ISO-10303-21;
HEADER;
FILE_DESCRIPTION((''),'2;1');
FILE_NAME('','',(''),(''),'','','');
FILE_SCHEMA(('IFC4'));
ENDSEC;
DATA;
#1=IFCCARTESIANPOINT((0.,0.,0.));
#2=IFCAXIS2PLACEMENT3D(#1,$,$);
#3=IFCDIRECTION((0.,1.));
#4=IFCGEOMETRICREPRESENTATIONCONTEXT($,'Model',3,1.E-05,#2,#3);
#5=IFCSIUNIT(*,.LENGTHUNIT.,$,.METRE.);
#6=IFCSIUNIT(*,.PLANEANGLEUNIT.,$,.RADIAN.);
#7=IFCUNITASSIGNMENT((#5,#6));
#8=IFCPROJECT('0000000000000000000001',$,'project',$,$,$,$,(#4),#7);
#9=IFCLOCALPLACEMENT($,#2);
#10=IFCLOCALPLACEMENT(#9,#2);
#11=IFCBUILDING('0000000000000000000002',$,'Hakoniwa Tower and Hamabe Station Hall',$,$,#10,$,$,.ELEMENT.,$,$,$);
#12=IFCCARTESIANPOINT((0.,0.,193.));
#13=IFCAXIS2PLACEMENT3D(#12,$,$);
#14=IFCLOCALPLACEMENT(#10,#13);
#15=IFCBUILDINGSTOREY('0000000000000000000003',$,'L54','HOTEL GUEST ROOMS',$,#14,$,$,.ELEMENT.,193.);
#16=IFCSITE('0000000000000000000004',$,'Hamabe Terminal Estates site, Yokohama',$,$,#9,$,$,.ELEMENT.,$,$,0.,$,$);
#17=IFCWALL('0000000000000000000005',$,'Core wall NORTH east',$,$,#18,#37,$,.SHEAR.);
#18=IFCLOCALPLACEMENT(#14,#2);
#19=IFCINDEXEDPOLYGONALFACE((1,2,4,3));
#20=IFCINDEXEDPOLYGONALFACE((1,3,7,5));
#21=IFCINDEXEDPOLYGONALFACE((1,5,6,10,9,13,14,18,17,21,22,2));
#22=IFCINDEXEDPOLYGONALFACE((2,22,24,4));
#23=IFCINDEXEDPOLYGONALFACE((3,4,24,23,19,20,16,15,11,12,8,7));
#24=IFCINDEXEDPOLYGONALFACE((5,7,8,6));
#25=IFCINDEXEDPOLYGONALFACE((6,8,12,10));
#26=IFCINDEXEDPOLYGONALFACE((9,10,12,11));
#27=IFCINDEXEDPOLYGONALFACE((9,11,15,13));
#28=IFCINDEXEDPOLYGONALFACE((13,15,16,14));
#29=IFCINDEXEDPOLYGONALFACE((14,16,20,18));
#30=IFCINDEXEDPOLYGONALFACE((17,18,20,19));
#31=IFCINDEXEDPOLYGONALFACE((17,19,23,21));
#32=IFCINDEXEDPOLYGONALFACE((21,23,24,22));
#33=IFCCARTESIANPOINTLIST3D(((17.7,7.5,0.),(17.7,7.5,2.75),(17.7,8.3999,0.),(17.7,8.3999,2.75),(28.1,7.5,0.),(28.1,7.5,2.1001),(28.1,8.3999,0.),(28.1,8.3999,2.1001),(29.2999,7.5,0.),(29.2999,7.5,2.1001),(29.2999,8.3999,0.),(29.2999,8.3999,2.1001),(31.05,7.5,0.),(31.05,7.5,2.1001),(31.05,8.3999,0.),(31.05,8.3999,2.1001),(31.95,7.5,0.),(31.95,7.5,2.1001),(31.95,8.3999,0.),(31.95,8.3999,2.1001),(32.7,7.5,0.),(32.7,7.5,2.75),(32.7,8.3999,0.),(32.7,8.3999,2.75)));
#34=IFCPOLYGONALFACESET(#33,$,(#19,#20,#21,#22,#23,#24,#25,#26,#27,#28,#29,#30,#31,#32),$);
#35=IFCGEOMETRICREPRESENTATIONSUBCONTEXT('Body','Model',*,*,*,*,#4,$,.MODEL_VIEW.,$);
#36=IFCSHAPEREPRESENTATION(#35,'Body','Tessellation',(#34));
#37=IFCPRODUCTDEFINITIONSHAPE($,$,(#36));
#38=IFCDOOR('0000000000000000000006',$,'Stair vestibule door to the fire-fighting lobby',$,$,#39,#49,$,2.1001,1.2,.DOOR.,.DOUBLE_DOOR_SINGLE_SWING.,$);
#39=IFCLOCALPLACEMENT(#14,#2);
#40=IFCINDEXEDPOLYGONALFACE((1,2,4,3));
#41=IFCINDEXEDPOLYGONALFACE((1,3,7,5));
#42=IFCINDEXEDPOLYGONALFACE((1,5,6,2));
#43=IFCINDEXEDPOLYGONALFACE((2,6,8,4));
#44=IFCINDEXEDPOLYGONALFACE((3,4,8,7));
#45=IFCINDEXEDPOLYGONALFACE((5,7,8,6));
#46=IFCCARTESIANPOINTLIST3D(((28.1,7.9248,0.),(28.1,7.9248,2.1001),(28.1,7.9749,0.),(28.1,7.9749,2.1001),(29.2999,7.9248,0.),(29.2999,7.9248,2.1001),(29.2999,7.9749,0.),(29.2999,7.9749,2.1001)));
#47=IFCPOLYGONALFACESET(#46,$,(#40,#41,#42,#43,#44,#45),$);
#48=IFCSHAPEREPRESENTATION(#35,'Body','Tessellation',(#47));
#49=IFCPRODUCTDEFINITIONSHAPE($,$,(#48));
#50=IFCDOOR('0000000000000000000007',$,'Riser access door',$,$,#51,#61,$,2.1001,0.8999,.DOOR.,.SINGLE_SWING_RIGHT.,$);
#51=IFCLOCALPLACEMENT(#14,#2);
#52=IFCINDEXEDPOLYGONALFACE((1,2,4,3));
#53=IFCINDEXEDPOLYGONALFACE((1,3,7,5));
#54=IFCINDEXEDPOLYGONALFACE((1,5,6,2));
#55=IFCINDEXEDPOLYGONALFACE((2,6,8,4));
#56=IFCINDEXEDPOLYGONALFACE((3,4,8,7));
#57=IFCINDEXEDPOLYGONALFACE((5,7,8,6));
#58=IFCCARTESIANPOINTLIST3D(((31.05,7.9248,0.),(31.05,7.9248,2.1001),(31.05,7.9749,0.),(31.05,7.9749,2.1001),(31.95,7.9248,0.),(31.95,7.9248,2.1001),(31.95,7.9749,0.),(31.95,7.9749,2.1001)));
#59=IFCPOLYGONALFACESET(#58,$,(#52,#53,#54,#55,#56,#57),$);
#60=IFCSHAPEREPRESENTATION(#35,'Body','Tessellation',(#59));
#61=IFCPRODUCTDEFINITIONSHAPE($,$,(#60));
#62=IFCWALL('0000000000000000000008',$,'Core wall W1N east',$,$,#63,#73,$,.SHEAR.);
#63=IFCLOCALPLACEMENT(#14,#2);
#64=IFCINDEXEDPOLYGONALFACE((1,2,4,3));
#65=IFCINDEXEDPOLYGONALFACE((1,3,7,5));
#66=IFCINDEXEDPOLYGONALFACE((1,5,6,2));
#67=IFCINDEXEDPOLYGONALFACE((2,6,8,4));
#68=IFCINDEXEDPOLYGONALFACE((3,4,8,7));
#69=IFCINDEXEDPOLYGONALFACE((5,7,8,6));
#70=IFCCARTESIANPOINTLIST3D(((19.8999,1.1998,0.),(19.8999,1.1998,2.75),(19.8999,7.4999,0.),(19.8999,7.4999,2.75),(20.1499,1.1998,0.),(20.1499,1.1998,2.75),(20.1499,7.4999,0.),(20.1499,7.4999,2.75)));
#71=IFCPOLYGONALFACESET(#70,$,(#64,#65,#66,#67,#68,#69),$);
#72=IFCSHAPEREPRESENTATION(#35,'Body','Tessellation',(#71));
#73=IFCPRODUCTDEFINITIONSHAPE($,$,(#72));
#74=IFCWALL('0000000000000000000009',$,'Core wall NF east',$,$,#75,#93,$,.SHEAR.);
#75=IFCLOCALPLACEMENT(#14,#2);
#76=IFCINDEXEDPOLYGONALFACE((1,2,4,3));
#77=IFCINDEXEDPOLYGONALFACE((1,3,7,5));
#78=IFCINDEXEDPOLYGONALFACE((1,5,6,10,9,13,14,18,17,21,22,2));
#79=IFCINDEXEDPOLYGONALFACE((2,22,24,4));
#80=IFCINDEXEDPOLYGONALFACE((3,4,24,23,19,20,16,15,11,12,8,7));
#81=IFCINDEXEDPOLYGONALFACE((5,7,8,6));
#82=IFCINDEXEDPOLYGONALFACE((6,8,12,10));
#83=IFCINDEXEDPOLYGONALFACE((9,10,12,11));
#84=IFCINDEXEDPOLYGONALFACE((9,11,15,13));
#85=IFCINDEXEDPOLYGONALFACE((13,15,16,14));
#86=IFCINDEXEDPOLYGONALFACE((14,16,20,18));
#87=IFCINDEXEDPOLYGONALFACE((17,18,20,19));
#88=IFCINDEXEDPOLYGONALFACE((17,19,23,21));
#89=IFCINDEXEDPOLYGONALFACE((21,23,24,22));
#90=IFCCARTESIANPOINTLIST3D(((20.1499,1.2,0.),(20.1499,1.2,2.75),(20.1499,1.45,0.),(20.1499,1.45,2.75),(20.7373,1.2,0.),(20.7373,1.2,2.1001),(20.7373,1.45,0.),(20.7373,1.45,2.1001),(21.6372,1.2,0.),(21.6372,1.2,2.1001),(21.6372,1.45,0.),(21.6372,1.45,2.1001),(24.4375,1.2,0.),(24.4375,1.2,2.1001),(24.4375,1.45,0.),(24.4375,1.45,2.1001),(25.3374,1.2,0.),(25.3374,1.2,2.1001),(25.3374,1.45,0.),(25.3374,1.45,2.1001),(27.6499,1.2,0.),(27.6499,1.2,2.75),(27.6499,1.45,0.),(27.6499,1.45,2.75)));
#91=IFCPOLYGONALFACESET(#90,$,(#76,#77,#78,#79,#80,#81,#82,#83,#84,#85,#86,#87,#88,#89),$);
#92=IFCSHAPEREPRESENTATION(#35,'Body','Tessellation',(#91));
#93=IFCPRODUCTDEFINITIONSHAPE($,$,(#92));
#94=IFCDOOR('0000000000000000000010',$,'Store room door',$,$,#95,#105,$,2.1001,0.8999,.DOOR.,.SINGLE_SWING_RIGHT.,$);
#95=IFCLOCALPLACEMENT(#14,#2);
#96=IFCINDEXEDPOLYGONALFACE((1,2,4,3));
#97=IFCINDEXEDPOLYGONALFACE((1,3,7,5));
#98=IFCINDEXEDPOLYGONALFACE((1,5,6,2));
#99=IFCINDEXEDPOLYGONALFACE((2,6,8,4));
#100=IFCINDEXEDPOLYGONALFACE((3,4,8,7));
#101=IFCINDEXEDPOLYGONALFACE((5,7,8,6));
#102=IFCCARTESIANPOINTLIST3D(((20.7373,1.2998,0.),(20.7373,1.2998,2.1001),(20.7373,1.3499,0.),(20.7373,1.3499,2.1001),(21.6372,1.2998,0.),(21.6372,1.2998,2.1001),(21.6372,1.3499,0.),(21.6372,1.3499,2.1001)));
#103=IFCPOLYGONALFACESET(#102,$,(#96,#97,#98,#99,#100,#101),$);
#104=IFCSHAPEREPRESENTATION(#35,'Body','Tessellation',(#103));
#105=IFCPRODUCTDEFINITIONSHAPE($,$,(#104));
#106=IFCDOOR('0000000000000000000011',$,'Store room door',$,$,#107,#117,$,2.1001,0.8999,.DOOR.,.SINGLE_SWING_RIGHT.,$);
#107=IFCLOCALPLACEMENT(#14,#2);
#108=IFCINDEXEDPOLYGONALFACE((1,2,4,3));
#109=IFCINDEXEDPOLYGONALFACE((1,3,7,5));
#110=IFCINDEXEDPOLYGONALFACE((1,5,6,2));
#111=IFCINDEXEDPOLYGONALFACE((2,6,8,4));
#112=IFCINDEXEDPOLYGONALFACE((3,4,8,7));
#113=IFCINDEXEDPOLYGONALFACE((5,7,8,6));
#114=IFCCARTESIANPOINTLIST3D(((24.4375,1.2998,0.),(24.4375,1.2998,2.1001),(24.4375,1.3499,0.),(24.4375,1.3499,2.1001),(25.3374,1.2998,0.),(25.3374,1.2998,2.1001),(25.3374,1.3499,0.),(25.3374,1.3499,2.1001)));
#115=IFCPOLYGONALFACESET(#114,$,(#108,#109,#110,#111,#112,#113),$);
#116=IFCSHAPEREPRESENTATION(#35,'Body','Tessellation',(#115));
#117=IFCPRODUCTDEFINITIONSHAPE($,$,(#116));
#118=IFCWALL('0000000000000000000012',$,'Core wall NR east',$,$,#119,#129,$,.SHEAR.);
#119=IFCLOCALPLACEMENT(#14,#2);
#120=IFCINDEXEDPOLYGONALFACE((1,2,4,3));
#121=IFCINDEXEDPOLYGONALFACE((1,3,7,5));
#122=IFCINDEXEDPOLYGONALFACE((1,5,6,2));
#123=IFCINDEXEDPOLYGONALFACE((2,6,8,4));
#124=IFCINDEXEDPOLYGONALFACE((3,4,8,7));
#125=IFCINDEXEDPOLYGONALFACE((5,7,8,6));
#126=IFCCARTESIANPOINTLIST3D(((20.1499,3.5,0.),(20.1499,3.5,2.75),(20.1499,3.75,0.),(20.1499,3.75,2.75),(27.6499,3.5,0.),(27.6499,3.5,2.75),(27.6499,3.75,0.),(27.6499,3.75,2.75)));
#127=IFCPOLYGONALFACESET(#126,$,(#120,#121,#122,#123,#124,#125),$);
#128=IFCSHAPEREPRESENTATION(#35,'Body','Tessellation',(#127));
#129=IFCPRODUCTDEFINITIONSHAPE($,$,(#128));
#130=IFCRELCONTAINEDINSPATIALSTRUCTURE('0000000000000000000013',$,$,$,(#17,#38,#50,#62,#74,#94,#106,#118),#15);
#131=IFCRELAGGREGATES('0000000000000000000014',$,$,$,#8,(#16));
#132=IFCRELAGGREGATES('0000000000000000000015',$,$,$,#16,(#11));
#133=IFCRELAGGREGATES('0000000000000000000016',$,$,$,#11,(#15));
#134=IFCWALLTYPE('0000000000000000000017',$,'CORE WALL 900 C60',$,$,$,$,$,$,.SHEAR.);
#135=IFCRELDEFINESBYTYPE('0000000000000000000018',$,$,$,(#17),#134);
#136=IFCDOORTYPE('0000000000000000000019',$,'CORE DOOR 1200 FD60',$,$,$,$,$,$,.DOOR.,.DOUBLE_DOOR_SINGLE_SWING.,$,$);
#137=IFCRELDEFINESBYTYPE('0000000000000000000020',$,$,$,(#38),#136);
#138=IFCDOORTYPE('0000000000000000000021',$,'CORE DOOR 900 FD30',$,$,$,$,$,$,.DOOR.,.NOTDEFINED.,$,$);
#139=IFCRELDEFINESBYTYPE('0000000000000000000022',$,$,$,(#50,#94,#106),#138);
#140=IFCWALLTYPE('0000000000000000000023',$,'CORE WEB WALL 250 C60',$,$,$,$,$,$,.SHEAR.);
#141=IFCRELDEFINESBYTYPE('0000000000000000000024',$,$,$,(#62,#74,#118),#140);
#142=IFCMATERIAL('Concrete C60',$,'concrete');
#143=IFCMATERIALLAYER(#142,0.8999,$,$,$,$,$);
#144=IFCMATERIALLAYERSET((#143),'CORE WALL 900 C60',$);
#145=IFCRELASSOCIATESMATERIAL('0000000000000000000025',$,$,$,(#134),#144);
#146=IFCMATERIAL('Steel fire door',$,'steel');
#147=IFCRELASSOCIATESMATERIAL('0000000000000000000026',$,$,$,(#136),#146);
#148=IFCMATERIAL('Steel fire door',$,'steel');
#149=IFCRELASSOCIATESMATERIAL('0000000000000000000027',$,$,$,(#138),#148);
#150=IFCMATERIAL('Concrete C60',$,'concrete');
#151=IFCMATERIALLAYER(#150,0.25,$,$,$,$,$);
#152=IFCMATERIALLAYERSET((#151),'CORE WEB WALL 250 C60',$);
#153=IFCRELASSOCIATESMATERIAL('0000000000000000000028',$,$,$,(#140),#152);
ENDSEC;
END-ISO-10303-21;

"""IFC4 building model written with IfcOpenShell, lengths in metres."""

from ifc_helpers import new_model, si_unit, direction, frame, frame_2d, origin, place, context, subcontext, project, spatial, rectangle, extrude, material, layer, layer_set, type_object, element, fill, save


model = new_model("IFC4")

# Units and contexts
model_context = context("Model", 3, precision=1e-05, world=origin(), true_north=direction((0.0, 1.0)))
body_context = subcontext(model_context, "Body", "Model", "MODEL_VIEW")
ifc_project = project(units=[si_unit("LENGTHUNIT", "METRE"), si_unit("PLANEANGLEUNIT", "RADIAN")], contexts=[model_context])

# Site, building, storey
site_placement = place(None, origin())
site = spatial("IfcSite", under=ifc_project, at=site_placement, Name="Hamabe Terminal Estates site, Yokohama", CompositionType="ELEMENT", RefElevation=0.0)
building_placement = place(site_placement, origin())
building = spatial("IfcBuilding", under=site, at=building_placement, Name="Hakoniwa Tower and Hamabe Station Hall", CompositionType="ELEMENT")
storey_placement = place(building_placement, frame((0.0, 0.0, 193.0)))
storey = spatial("IfcBuildingStorey", under=building, at=storey_placement, Name="L54", Description="HOTEL GUEST ROOMS", CompositionType="ELEMENT", Elevation=193.0)

# Wall, openings, doors
ifc_material_1 = material(Name="Concrete C60", Category="concrete")
ifc_layer_1 = layer(ifc_material_1, 0.8999)
ifc_layer_set_1 = layer_set([ifc_layer_1], Name="CORE WALL 900 C60")
wall_type_1 = type_object("IfcWallType", Name="CORE WALL 900 C60", PredefinedType="SHEAR", material=ifc_layer_set_1)
wall_1_placement = place(storey_placement, frame((17.7, 7.95, 0.0), z_axis=(0.0, 0.0, 1.0), x_axis=(1.0, 0.0, 0.0)))
wall_1 = element("IfcWall", 1, at=wall_1_placement, inside=storey, type_object=wall_type_1, Name="Core wall NORTH east", PredefinedType="SHEAR", context=body_context, shape_type="SweptSolid", body=[
    extrude(rectangle(XDim=15.0, YDim=0.8999, at=frame_2d((7.5, 0.0))), origin(), (0.0, 0.0, 1.0), 2.75),
])
opening_1_placement = place(wall_1_placement, frame((10.3999, 0.0, 0.0)))
opening_1 = element("IfcOpeningElement", 2, at=opening_1_placement, cuts=wall_1, PredefinedType="OPENING", context=body_context, shape_type="SweptSolid", body=[
    extrude(rectangle(XDim=1.2, YDim=2.1001, at=frame_2d((0.6001, 1.05))), frame((0.0, 0.46, 0.0), z_axis=(0.0, -1.0, 0.0), x_axis=(1.0, 0.0, 0.0)), (0.0, 0.0, 1.0), 0.9199),
])
opening_2_placement = place(wall_1_placement, frame((13.3501, 0.0, 0.0)))
opening_2 = element("IfcOpeningElement", 3, at=opening_2_placement, cuts=wall_1, PredefinedType="OPENING", context=body_context, shape_type="SweptSolid", body=[
    extrude(rectangle(XDim=0.8999, YDim=2.1001, at=frame_2d((0.45, 1.05))), frame((0.0, 0.46, 0.0), z_axis=(0.0, -1.0, 0.0), x_axis=(1.0, 0.0, 0.0)), (0.0, 0.0, 1.0), 0.9199),
])
ifc_material_2 = material(Name="Steel fire door", Category="steel")
door_type_1 = type_object("IfcDoorType", Name="CORE DOOR 1200 FD60", OperationType="DOUBLE_DOOR_SINGLE_SWING", PredefinedType="DOOR", material=ifc_material_2)
door_1_placement = place(opening_1_placement, origin())
door_1 = element("IfcDoor", 4, at=door_1_placement, inside=storey, type_object=door_type_1, Name="Stair vestibule door to the fire-fighting lobby", OperationType="DOUBLE_DOOR_SINGLE_SWING", OverallHeight=2.1001, OverallWidth=1.2, PredefinedType="DOOR", context=body_context, shape_type="SweptSolid", body=[
    extrude(rectangle(XDim=1.2, YDim=2.1001, at=frame_2d((0.6001, 1.05))), frame((0.0, 0.0249, 0.0), z_axis=(0.0, -1.0, 0.0), x_axis=(1.0, 0.0, 0.0)), (0.0, 0.0, 1.0), 0.05),
])
fill(opening_1, door_1)
ifc_material_3 = material(Name="Steel fire door", Category="steel")
door_type_2 = type_object("IfcDoorType", Name="CORE DOOR 900 FD30", OperationType="NOTDEFINED", PredefinedType="DOOR", material=ifc_material_3)
door_2_placement = place(opening_2_placement, origin())
door_2 = element("IfcDoor", 5, at=door_2_placement, inside=storey, type_object=door_type_2, Name="Riser access door", OperationType="SINGLE_SWING_RIGHT", OverallHeight=2.1001, OverallWidth=0.8999, PredefinedType="DOOR", context=body_context, shape_type="SweptSolid", body=[
    extrude(rectangle(XDim=0.8999, YDim=2.1001, at=frame_2d((0.45, 1.05))), frame((0.0, 0.0249, 0.0), z_axis=(0.0, -1.0, 0.0), x_axis=(1.0, 0.0, 0.0)), (0.0, 0.0, 1.0), 0.05),
])
fill(opening_2, door_2)

# Wall
ifc_material_4 = material(Name="Concrete C60", Category="concrete")
ifc_layer_2 = layer(ifc_material_4, 0.25)
ifc_layer_set_2 = layer_set([ifc_layer_2], Name="CORE WEB WALL 250 C60")
wall_type_2 = type_object("IfcWallType", Name="CORE WEB WALL 250 C60", PredefinedType="SHEAR", material=ifc_layer_set_2)
wall_2_placement = place(storey_placement, frame((20.0249, 1.2, 0.0), z_axis=(0.0, 0.0, 1.0), x_axis=(0.0, 1.0, 0.0)))
element("IfcWall", 6, at=wall_2_placement, inside=storey, type_object=wall_type_2, Name="Core wall W1N east", PredefinedType="SHEAR", context=body_context, shape_type="SweptSolid", body=[
    extrude(rectangle(XDim=6.3, YDim=0.25, at=frame_2d((3.1499, 0.0))), origin(), (0.0, 0.0, 1.0), 2.75),
])

# Wall, openings, doors
wall_3_placement = place(storey_placement, frame((20.1499, 1.325, 0.0), z_axis=(0.0, 0.0, 1.0), x_axis=(1.0, 0.0, 0.0)))
wall_3 = element("IfcWall", 7, at=wall_3_placement, inside=storey, type_object=wall_type_2, Name="Core wall NF east", PredefinedType="SHEAR", context=body_context, shape_type="SweptSolid", body=[
    extrude(rectangle(XDim=7.5, YDim=0.25, at=frame_2d((3.75, 0.0))), origin(), (0.0, 0.0, 1.0), 2.75),
])
opening_3_placement = place(wall_3_placement, frame((0.5874, 0.0, 0.0)))
opening_3 = element("IfcOpeningElement", 8, at=opening_3_placement, cuts=wall_3, PredefinedType="OPENING", context=body_context, shape_type="SweptSolid", body=[
    extrude(rectangle(XDim=0.8999, YDim=2.1001, at=frame_2d((0.45, 1.05))), frame((0.0, 0.135, 0.0), z_axis=(0.0, -1.0, 0.0), x_axis=(1.0, 0.0, 0.0)), (0.0, 0.0, 1.0), 0.27),
])
opening_4_placement = place(wall_3_placement, frame((4.2876, 0.0, 0.0)))
opening_4 = element("IfcOpeningElement", 9, at=opening_4_placement, cuts=wall_3, PredefinedType="OPENING", context=body_context, shape_type="SweptSolid", body=[
    extrude(rectangle(XDim=0.8999, YDim=2.1001, at=frame_2d((0.45, 1.05))), frame((0.0, 0.135, 0.0), z_axis=(0.0, -1.0, 0.0), x_axis=(1.0, 0.0, 0.0)), (0.0, 0.0, 1.0), 0.27),
])
door_3_placement = place(opening_3_placement, origin())
door_3 = element("IfcDoor", 10, at=door_3_placement, inside=storey, type_object=door_type_2, Name="Store room door", OperationType="SINGLE_SWING_RIGHT", OverallHeight=2.1001, OverallWidth=0.8999, PredefinedType="DOOR", context=body_context, shape_type="SweptSolid", body=[
    extrude(rectangle(XDim=0.8999, YDim=2.1001, at=frame_2d((0.45, 1.05))), frame((0.0, 0.0249, 0.0), z_axis=(0.0, -1.0, 0.0), x_axis=(1.0, 0.0, 0.0)), (0.0, 0.0, 1.0), 0.05),
])
fill(opening_3, door_3)
door_4_placement = place(opening_4_placement, origin())
door_4 = element("IfcDoor", 11, at=door_4_placement, inside=storey, type_object=door_type_2, Name="Store room door", OperationType="SINGLE_SWING_RIGHT", OverallHeight=2.1001, OverallWidth=0.8999, PredefinedType="DOOR", context=body_context, shape_type="SweptSolid", body=[
    extrude(rectangle(XDim=0.8999, YDim=2.1001, at=frame_2d((0.45, 1.05))), frame((0.0, 0.0249, 0.0), z_axis=(0.0, -1.0, 0.0), x_axis=(1.0, 0.0, 0.0)), (0.0, 0.0, 1.0), 0.05),
])
fill(opening_4, door_4)

# Wall
wall_4_placement = place(storey_placement, frame((20.1499, 3.625, 0.0), z_axis=(0.0, 0.0, 1.0), x_axis=(1.0, 0.0, 0.0)))
element("IfcWall", 12, at=wall_4_placement, inside=storey, type_object=wall_type_2, Name="Core wall NR east", PredefinedType="SHEAR", context=body_context, shape_type="SweptSolid", body=[
    extrude(rectangle(XDim=7.5, YDim=0.25, at=frame_2d((3.75, 0.0))), origin(), (0.0, 0.0, 1.0), 2.75),
])

save(model, "model.ifc")
